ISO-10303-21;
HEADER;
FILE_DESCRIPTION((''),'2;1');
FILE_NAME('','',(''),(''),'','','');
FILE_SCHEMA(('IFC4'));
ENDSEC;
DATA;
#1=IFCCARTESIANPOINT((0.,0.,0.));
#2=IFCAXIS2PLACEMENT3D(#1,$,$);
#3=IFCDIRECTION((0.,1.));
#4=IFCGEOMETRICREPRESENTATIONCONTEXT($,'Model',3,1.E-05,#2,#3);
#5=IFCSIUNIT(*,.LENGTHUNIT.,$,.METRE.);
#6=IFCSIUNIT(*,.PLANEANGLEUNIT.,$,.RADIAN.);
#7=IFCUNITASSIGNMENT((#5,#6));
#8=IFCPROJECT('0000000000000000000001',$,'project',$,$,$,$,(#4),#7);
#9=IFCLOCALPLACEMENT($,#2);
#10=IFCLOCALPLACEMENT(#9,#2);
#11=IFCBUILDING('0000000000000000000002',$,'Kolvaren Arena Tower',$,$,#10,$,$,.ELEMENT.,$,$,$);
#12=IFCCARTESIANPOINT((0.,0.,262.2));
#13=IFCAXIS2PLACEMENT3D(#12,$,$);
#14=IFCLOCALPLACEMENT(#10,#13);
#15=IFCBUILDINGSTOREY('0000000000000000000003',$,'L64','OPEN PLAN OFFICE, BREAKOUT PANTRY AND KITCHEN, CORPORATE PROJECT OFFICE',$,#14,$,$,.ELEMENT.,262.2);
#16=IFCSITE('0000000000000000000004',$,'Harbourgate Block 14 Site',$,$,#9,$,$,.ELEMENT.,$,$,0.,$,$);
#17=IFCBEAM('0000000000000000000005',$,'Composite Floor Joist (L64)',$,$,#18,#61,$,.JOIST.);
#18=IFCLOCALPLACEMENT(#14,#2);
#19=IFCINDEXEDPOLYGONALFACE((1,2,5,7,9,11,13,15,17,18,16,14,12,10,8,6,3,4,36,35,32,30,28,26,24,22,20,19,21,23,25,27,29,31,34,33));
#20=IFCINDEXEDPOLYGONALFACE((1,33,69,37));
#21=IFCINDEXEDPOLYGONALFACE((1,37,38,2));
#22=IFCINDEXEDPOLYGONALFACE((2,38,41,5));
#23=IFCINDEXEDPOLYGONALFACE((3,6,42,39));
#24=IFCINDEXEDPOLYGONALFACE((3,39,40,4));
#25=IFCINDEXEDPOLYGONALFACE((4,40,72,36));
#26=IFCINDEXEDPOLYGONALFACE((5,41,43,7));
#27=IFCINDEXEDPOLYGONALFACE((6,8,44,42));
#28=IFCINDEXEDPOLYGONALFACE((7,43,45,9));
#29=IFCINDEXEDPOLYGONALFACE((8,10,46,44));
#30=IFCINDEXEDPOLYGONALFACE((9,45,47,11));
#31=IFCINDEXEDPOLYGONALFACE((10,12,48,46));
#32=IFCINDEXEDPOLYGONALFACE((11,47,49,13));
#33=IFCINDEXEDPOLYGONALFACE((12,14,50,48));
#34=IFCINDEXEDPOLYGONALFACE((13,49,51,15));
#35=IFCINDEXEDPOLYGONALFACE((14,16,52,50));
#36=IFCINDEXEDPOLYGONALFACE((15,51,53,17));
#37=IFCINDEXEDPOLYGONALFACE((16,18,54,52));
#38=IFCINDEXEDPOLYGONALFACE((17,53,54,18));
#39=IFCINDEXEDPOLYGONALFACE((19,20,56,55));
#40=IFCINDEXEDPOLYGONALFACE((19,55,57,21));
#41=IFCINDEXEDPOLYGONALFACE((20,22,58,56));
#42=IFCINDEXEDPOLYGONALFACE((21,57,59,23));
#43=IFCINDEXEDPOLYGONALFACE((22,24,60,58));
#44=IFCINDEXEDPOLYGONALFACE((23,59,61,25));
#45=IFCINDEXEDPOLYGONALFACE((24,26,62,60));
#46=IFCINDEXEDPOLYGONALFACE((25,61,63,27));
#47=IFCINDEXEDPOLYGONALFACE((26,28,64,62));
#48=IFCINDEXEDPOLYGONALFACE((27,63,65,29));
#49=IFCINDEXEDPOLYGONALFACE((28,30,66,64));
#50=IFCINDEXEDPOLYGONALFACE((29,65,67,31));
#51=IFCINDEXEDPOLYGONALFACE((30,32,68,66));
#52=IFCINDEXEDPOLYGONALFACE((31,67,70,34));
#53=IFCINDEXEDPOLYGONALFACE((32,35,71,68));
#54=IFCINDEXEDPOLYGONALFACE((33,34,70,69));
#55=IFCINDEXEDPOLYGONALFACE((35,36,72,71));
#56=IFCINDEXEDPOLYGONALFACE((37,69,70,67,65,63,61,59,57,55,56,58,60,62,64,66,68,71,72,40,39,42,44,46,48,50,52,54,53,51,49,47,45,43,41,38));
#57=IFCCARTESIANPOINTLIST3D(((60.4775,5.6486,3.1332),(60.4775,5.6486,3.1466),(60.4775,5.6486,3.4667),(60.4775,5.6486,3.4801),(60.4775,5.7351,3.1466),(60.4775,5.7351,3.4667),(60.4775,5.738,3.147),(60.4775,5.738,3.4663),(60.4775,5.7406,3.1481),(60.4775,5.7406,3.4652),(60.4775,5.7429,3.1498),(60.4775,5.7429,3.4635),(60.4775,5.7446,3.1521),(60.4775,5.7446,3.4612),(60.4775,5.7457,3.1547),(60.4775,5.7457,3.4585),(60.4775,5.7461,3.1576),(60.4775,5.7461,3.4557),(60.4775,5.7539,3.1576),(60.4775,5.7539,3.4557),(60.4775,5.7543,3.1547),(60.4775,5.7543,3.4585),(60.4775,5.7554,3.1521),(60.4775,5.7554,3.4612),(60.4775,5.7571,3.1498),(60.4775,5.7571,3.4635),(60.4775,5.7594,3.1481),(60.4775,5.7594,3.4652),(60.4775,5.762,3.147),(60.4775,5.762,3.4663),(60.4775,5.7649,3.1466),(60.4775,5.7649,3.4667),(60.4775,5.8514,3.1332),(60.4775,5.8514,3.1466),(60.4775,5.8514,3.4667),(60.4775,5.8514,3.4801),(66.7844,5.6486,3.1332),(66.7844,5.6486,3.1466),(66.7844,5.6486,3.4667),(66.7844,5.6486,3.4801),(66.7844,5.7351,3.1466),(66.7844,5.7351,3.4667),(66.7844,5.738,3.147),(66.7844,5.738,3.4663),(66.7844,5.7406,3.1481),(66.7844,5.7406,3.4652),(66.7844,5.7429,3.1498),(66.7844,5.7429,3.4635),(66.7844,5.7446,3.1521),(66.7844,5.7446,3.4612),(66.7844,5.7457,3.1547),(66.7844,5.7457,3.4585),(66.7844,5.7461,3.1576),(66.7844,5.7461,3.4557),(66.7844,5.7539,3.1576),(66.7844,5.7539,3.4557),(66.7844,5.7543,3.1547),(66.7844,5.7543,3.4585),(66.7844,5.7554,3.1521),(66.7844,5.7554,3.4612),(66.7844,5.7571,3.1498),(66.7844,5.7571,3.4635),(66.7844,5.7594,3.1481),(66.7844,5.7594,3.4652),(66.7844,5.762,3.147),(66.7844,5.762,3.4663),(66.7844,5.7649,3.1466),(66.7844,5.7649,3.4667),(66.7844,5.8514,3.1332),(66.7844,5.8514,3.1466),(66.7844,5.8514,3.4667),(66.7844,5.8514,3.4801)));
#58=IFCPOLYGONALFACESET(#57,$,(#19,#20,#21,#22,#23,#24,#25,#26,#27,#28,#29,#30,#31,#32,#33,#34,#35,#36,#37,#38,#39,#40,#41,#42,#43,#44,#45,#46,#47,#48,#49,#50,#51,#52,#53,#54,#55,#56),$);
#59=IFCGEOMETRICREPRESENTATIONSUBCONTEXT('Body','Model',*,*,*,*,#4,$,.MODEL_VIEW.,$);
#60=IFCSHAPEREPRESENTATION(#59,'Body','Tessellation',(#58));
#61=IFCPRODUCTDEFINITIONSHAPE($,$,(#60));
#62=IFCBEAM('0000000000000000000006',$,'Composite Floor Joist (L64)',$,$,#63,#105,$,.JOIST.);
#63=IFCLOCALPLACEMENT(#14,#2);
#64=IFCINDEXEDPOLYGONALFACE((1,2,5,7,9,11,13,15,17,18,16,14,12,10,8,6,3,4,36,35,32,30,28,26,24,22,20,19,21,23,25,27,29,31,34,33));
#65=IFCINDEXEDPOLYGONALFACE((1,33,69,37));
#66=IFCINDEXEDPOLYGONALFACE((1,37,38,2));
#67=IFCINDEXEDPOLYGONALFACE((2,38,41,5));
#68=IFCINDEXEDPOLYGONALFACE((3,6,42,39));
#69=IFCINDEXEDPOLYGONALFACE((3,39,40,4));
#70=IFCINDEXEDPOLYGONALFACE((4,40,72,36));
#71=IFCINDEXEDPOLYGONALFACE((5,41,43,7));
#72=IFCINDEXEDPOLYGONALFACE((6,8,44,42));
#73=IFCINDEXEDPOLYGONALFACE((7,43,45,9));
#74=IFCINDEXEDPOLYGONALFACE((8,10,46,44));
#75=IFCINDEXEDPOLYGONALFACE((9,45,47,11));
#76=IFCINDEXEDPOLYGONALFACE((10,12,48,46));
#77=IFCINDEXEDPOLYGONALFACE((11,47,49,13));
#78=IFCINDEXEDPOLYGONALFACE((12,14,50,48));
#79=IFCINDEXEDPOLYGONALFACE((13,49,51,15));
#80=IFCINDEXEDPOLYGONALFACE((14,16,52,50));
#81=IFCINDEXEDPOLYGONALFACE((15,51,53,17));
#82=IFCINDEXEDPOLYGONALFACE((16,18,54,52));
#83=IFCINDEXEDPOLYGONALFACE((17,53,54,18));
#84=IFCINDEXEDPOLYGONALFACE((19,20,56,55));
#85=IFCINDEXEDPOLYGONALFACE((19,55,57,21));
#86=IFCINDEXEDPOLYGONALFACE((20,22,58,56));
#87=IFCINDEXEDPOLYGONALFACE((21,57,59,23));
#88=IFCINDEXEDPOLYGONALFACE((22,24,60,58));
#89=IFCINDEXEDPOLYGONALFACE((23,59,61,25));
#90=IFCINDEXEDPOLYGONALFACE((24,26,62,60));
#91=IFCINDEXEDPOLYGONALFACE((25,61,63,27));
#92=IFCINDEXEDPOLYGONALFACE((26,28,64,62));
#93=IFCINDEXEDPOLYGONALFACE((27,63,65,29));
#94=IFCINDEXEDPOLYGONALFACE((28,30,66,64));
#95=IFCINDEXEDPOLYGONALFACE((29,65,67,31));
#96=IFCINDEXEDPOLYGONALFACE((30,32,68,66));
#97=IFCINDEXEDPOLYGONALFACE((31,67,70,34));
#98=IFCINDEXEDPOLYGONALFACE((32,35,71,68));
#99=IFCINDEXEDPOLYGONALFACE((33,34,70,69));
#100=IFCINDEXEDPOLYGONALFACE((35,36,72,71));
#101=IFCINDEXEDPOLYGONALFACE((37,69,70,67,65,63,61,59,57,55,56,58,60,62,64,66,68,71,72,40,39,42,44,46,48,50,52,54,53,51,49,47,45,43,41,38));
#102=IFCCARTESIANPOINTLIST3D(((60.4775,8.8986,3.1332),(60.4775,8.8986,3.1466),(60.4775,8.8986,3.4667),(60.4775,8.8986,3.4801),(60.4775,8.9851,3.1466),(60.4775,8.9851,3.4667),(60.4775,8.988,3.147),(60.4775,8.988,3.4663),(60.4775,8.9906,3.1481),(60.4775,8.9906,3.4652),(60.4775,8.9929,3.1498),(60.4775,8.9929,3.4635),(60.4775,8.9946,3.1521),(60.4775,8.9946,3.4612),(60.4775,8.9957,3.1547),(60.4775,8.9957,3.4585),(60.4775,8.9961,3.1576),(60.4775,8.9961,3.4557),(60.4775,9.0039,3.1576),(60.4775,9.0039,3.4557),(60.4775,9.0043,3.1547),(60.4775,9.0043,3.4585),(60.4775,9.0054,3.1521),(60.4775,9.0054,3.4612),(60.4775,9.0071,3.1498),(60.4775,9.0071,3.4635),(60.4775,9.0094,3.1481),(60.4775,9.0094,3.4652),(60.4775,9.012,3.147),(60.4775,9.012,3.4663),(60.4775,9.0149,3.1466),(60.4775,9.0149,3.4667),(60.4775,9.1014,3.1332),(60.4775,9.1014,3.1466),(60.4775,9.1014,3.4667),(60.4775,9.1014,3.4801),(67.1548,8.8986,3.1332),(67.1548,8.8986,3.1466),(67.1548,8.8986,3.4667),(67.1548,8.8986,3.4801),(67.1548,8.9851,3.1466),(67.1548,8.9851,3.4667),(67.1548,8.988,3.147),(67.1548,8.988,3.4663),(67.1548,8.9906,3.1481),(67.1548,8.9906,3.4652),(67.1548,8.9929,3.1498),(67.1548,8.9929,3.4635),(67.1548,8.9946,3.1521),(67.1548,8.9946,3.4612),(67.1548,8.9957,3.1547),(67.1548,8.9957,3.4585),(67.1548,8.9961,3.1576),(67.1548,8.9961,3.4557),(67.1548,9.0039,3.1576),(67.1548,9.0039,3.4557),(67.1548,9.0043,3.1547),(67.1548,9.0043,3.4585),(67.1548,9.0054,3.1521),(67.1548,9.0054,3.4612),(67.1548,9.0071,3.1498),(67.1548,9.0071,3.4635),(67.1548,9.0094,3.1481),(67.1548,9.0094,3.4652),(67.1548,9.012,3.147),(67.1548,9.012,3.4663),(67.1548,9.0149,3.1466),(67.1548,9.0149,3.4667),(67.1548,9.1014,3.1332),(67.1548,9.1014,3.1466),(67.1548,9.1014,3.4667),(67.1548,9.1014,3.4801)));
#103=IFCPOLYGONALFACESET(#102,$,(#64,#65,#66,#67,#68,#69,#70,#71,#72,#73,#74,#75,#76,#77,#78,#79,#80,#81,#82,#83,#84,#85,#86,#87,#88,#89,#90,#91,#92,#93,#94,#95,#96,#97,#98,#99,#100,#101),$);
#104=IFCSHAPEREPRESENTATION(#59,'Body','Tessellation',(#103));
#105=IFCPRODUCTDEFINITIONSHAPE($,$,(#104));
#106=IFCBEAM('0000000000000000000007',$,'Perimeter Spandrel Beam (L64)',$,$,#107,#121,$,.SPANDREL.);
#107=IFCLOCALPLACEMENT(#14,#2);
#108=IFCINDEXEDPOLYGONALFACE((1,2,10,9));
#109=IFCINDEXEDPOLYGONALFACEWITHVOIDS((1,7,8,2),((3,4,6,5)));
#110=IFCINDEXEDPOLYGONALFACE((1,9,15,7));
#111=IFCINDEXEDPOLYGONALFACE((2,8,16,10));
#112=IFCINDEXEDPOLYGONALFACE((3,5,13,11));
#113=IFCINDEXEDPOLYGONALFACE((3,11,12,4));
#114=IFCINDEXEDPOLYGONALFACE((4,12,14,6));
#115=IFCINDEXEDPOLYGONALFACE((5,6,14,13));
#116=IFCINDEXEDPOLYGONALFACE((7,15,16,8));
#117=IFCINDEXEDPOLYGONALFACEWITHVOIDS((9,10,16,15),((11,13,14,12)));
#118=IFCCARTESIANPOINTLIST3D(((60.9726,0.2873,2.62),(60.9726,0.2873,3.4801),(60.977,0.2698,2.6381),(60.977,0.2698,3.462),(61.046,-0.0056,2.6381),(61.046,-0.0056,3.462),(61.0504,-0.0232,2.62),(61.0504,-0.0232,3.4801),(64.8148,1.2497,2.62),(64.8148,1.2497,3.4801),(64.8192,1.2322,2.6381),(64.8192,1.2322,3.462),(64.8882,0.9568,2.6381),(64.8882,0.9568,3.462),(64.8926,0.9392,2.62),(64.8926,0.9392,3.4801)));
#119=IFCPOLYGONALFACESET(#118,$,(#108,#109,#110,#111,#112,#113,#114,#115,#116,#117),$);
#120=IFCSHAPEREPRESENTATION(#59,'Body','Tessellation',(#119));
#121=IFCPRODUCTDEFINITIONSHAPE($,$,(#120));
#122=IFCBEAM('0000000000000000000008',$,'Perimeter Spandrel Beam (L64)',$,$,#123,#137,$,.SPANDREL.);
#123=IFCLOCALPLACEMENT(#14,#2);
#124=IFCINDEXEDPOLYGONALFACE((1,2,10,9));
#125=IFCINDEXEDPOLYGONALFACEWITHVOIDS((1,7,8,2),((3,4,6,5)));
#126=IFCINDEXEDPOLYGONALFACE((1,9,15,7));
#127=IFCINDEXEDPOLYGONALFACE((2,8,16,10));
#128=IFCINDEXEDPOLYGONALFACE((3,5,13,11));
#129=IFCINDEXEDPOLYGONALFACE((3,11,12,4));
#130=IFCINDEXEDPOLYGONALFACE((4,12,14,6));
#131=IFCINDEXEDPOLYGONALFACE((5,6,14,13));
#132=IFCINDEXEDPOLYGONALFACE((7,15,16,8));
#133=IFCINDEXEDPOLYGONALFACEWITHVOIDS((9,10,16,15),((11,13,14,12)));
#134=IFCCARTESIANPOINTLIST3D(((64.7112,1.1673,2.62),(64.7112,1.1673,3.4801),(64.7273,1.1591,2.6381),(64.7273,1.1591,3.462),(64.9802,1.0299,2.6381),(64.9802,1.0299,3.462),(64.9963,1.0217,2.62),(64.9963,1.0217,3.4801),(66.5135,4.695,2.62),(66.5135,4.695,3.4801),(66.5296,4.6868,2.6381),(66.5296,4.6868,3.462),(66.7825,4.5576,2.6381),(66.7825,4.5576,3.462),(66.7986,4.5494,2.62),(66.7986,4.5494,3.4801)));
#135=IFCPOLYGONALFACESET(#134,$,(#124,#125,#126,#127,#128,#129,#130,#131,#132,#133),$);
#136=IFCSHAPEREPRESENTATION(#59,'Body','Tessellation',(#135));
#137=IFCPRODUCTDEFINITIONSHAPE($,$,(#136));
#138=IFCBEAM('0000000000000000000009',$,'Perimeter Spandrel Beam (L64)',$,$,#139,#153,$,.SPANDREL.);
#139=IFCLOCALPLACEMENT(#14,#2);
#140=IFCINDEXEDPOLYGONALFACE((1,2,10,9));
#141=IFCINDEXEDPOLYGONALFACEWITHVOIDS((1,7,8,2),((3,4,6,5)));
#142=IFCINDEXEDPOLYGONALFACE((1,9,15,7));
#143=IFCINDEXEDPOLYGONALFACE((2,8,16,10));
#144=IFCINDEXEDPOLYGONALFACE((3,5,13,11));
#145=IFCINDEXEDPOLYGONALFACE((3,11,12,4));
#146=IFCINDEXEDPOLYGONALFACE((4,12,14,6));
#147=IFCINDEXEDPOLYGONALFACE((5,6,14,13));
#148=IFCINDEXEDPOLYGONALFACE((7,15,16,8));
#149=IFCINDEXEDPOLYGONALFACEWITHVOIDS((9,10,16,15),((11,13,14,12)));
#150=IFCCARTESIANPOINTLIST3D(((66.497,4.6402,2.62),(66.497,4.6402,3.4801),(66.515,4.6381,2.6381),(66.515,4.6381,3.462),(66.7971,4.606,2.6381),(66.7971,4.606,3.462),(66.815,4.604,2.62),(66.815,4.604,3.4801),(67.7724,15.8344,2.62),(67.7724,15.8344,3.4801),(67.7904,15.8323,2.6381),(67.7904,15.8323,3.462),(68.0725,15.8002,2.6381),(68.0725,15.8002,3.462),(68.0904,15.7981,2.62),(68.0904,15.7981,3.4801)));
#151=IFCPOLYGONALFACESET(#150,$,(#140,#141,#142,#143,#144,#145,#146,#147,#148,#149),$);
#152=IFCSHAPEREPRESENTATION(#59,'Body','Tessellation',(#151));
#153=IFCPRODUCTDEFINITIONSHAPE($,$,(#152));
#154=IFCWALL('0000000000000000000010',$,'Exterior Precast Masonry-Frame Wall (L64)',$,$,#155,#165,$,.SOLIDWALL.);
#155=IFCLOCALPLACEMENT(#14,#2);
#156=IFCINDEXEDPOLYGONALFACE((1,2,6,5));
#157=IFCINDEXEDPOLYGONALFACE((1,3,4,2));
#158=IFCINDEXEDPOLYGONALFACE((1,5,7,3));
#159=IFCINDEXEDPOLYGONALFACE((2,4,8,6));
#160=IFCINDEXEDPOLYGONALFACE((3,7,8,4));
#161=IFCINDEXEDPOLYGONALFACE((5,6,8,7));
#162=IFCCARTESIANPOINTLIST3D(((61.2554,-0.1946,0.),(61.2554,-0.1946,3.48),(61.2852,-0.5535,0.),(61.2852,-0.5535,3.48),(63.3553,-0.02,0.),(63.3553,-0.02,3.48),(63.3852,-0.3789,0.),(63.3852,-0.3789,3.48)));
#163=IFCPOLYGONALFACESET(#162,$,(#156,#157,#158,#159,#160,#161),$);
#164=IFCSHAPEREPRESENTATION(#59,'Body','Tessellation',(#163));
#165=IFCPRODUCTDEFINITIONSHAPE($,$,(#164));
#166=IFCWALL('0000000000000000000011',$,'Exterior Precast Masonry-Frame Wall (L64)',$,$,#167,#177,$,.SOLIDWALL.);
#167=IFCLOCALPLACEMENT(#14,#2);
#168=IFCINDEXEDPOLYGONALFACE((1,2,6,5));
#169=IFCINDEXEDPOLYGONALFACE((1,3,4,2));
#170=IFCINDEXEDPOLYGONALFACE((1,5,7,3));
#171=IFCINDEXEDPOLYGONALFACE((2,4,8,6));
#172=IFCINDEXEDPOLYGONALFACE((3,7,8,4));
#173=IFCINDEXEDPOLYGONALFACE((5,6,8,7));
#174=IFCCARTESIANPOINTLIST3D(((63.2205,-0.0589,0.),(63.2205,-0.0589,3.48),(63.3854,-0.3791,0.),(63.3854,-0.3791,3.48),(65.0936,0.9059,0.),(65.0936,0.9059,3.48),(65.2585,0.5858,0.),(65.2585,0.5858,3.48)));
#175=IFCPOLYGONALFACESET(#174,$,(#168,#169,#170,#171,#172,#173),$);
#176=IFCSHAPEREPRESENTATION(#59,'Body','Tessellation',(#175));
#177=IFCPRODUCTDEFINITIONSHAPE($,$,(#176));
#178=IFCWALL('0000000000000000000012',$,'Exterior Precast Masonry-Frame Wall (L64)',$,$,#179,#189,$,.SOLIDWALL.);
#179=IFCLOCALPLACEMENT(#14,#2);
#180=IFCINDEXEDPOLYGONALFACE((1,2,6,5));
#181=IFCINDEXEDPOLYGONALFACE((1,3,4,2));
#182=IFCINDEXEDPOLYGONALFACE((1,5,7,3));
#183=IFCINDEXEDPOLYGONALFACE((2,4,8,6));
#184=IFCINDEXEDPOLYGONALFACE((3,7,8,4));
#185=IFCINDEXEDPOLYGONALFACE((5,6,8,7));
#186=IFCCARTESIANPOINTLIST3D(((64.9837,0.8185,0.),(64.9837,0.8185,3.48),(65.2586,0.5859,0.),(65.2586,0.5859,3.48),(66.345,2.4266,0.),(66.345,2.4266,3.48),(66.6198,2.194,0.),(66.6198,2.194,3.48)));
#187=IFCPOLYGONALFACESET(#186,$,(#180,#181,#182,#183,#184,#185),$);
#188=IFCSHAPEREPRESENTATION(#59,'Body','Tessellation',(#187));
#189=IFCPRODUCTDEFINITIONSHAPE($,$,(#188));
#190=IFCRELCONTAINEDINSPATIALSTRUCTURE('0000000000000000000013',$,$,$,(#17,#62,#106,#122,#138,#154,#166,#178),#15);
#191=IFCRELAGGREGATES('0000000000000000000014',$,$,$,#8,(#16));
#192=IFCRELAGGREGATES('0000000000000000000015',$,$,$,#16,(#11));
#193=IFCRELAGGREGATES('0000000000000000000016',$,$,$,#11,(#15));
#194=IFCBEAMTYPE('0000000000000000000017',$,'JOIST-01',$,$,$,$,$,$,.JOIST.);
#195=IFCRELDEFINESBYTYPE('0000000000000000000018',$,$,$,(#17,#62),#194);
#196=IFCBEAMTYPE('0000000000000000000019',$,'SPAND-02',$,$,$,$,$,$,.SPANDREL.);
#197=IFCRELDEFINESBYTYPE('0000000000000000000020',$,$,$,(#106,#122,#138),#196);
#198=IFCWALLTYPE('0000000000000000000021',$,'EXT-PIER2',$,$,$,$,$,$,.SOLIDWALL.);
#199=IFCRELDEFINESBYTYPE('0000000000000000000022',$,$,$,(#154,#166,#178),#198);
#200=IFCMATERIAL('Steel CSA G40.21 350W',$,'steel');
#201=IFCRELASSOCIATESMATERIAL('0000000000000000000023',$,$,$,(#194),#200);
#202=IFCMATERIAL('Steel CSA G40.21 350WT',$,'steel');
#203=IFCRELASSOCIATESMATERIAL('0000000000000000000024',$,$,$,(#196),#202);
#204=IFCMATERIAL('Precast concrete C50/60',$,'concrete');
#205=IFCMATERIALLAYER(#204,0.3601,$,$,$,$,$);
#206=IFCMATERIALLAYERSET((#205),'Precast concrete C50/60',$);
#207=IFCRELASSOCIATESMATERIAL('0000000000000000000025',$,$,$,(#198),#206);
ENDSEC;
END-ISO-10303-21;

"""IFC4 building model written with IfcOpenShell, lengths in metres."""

from ifc_helpers import new_model, si_unit, direction, frame, frame_2d, origin, origin_2d, place, context, subcontext, project, spatial, rectangle, hollow_rectangle, i_section, extrude, material, layer, layer_set, material_profile, profile_set, type_object, element, save


model = new_model("IFC4")

# Units and contexts
model_context = context("Model", 3, precision=1e-05, world=origin(), true_north=direction((0.0, 1.0)))
body_context = subcontext(model_context, "Body", "Model", "MODEL_VIEW")
ifc_project = project(units=[si_unit("LENGTHUNIT", "METRE"), si_unit("PLANEANGLEUNIT", "RADIAN")], contexts=[model_context])

# Site, building, storey
site_placement = place(None, origin())
site = spatial("IfcSite", under=ifc_project, at=site_placement, Name="Harbourgate Block 14 Site", CompositionType="ELEMENT", RefElevation=0.0)
building_placement = place(site_placement, origin())
building = spatial("IfcBuilding", under=site, at=building_placement, Name="Kolvaren Arena Tower", CompositionType="ELEMENT")
storey_placement = place(building_placement, frame((0.0, 0.0, 262.2)))
storey = spatial("IfcBuildingStorey", under=building, at=storey_placement, Name="L64", Description="OPEN PLAN OFFICE, BREAKOUT PANTRY AND KITCHEN, CORPORATE PROJECT OFFICE", CompositionType="ELEMENT", Elevation=262.2)

# Beams
ifc_material_1 = material(Name="Steel CSA G40.21 350W", Category="steel")
ifc_material_profile_1 = material_profile(ifc_material_1, i_section(OverallWidth=0.2029, OverallDepth=0.3469, WebThickness=0.0078, FlangeThickness=0.0134, FilletRadius=0.011, at=origin_2d()), Name="W360x64")
ifc_profile_set_1 = profile_set([ifc_material_profile_1], Name="Steel CSA G40.21 350W")
beam_type_1 = type_object("IfcBeamType", Name="JOIST-01", PredefinedType="JOIST", material=ifc_profile_set_1)
beam_1_placement = place(storey_placement, frame((60.4775, 5.75, 3.3066), z_axis=(1.0, 0.0, 0.0), x_axis=(0.0, 1.0, 0.0)))
element("IfcBeam", 1, at=beam_1_placement, inside=storey, type_object=beam_type_1, Name="Composite Floor Joist (L64)", PredefinedType="JOIST", context=body_context, shape_type="SweptSolid", body=[
    extrude(i_section(OverallWidth=0.2029, OverallDepth=0.3469, WebThickness=0.0078, FlangeThickness=0.0134, FilletRadius=0.011, at=origin_2d()), origin(), (0.0, 0.0, 1.0), 6.3069),
])
beam_2_placement = place(storey_placement, frame((60.4775, 9.0, 3.3066), z_axis=(1.0, 0.0, 0.0), x_axis=(0.0, 1.0, 0.0)))
element("IfcBeam", 2, at=beam_2_placement, inside=storey, type_object=beam_type_1, Name="Composite Floor Joist (L64)", PredefinedType="JOIST", context=body_context, shape_type="SweptSolid", body=[
    extrude(i_section(OverallWidth=0.2029, OverallDepth=0.3469, WebThickness=0.0078, FlangeThickness=0.0134, FilletRadius=0.011, at=origin_2d()), origin(), (0.0, 0.0, 1.0), 6.6772),
])
ifc_material_2 = material(Name="Steel CSA G40.21 350WT", Category="steel")
ifc_material_profile_2 = material_profile(ifc_material_2, hollow_rectangle(XDim=0.3201, YDim=0.8601, WallThickness=0.0181, at=origin_2d()), Name="HSS 860x320x18")
ifc_profile_set_2 = profile_set([ifc_material_profile_2], Name="Steel CSA G40.21 350WT")
beam_type_2 = type_object("IfcBeamType", Name="SPAND-02", PredefinedType="SPANDREL", material=ifc_profile_set_2)
beam_3_placement = place(storey_placement, frame((61.0115, 0.1321, 3.05), z_axis=(0.970034, 0.242971, 0.0), x_axis=(-0.242971, 0.970034, 0.0)))
element("IfcBeam", 3, at=beam_3_placement, inside=storey, type_object=beam_type_2, Name="Perimeter Spandrel Beam (L64)", PredefinedType="SPANDREL", context=body_context, shape_type="SweptSolid", body=[
    extrude(hollow_rectangle(XDim=0.3201, YDim=0.8601, WallThickness=0.0181, at=origin_2d()), origin(), (0.0, 0.0, 1.0), 3.9609),
])
beam_4_placement = place(storey_placement, frame((64.8538, 1.0945, 3.05), z_axis=(0.454962, 0.890511, 0.0), x_axis=(-0.890511, 0.454962, 0.0)))
element("IfcBeam", 4, at=beam_4_placement, inside=storey, type_object=beam_type_2, Name="Perimeter Spandrel Beam (L64)", PredefinedType="SPANDREL", context=body_context, shape_type="SweptSolid", body=[
    extrude(hollow_rectangle(XDim=0.3201, YDim=0.8601, WallThickness=0.0181, at=origin_2d()), origin(), (0.0, 0.0, 1.0), 3.9614),
])
beam_5_placement = place(storey_placement, frame((66.656, 4.6221, 3.05), z_axis=(0.113202, 0.993572, 0.0), x_axis=(-0.993572, 0.113202, 0.0)))
element("IfcBeam", 5, at=beam_5_placement, inside=storey, type_object=beam_type_2, Name="Perimeter Spandrel Beam (L64)", PredefinedType="SPANDREL", context=body_context, shape_type="SweptSolid", body=[
    extrude(hollow_rectangle(XDim=0.3201, YDim=0.8601, WallThickness=0.0181, at=origin_2d()), origin(), (0.0, 0.0, 1.0), 11.2666),
])

# Walls
ifc_material_3 = material(Name="Precast concrete C50/60", Category="concrete")
ifc_layer_1 = layer(ifc_material_3, 0.3601)
ifc_layer_set_1 = layer_set([ifc_layer_1], Name="Precast concrete C50/60")
wall_type_1 = type_object("IfcWallType", Name="EXT-PIER2", PredefinedType="SOLIDWALL", material=ifc_layer_set_1)
wall_1_placement = place(storey_placement, frame((63.3704, -0.1995, 0.0), z_axis=(0.0, 0.0, 1.0), x_axis=(-0.996563, -0.082844, 0.0)))
element("IfcWall", 6, at=wall_1_placement, inside=storey, type_object=wall_type_1, Name="Exterior Precast Masonry-Frame Wall (L64)", PredefinedType="SOLIDWALL", context=body_context, shape_type="SweptSolid", body=[
    extrude(rectangle(XDim=2.1072, YDim=0.3601, at=frame_2d((1.0537, 0.0))), origin(), (0.0, 0.0, 1.0), 3.48),
])
for number, where, z_axis, x_axis, name in (
    (7, (65.176, 0.7458, 0.0), (0.0, 0.0, 1.0), (-0.888986, -0.457934, 0.0), "Exterior Precast Masonry-Frame Wall (L64)"),
    (8, (66.4824, 2.3103, 0.0), (0.0, 0.0, 1.0), (-0.646103, -0.76325, 0.0), "Exterior Precast Masonry-Frame Wall (L64)"),
):
    element("IfcWall", number, at=place(storey_placement, frame(where, z_axis=z_axis, x_axis=x_axis)), inside=storey, type_object=wall_type_1, Name=name, PredefinedType="SOLIDWALL", context=body_context, shape_type="SweptSolid", body=[
        extrude(rectangle(XDim=2.1069, YDim=0.3601, at=frame_2d((1.0535, 0.0))), origin(), (0.0, 0.0, 1.0), 3.48),
    ])

save(model, "model.ifc")
